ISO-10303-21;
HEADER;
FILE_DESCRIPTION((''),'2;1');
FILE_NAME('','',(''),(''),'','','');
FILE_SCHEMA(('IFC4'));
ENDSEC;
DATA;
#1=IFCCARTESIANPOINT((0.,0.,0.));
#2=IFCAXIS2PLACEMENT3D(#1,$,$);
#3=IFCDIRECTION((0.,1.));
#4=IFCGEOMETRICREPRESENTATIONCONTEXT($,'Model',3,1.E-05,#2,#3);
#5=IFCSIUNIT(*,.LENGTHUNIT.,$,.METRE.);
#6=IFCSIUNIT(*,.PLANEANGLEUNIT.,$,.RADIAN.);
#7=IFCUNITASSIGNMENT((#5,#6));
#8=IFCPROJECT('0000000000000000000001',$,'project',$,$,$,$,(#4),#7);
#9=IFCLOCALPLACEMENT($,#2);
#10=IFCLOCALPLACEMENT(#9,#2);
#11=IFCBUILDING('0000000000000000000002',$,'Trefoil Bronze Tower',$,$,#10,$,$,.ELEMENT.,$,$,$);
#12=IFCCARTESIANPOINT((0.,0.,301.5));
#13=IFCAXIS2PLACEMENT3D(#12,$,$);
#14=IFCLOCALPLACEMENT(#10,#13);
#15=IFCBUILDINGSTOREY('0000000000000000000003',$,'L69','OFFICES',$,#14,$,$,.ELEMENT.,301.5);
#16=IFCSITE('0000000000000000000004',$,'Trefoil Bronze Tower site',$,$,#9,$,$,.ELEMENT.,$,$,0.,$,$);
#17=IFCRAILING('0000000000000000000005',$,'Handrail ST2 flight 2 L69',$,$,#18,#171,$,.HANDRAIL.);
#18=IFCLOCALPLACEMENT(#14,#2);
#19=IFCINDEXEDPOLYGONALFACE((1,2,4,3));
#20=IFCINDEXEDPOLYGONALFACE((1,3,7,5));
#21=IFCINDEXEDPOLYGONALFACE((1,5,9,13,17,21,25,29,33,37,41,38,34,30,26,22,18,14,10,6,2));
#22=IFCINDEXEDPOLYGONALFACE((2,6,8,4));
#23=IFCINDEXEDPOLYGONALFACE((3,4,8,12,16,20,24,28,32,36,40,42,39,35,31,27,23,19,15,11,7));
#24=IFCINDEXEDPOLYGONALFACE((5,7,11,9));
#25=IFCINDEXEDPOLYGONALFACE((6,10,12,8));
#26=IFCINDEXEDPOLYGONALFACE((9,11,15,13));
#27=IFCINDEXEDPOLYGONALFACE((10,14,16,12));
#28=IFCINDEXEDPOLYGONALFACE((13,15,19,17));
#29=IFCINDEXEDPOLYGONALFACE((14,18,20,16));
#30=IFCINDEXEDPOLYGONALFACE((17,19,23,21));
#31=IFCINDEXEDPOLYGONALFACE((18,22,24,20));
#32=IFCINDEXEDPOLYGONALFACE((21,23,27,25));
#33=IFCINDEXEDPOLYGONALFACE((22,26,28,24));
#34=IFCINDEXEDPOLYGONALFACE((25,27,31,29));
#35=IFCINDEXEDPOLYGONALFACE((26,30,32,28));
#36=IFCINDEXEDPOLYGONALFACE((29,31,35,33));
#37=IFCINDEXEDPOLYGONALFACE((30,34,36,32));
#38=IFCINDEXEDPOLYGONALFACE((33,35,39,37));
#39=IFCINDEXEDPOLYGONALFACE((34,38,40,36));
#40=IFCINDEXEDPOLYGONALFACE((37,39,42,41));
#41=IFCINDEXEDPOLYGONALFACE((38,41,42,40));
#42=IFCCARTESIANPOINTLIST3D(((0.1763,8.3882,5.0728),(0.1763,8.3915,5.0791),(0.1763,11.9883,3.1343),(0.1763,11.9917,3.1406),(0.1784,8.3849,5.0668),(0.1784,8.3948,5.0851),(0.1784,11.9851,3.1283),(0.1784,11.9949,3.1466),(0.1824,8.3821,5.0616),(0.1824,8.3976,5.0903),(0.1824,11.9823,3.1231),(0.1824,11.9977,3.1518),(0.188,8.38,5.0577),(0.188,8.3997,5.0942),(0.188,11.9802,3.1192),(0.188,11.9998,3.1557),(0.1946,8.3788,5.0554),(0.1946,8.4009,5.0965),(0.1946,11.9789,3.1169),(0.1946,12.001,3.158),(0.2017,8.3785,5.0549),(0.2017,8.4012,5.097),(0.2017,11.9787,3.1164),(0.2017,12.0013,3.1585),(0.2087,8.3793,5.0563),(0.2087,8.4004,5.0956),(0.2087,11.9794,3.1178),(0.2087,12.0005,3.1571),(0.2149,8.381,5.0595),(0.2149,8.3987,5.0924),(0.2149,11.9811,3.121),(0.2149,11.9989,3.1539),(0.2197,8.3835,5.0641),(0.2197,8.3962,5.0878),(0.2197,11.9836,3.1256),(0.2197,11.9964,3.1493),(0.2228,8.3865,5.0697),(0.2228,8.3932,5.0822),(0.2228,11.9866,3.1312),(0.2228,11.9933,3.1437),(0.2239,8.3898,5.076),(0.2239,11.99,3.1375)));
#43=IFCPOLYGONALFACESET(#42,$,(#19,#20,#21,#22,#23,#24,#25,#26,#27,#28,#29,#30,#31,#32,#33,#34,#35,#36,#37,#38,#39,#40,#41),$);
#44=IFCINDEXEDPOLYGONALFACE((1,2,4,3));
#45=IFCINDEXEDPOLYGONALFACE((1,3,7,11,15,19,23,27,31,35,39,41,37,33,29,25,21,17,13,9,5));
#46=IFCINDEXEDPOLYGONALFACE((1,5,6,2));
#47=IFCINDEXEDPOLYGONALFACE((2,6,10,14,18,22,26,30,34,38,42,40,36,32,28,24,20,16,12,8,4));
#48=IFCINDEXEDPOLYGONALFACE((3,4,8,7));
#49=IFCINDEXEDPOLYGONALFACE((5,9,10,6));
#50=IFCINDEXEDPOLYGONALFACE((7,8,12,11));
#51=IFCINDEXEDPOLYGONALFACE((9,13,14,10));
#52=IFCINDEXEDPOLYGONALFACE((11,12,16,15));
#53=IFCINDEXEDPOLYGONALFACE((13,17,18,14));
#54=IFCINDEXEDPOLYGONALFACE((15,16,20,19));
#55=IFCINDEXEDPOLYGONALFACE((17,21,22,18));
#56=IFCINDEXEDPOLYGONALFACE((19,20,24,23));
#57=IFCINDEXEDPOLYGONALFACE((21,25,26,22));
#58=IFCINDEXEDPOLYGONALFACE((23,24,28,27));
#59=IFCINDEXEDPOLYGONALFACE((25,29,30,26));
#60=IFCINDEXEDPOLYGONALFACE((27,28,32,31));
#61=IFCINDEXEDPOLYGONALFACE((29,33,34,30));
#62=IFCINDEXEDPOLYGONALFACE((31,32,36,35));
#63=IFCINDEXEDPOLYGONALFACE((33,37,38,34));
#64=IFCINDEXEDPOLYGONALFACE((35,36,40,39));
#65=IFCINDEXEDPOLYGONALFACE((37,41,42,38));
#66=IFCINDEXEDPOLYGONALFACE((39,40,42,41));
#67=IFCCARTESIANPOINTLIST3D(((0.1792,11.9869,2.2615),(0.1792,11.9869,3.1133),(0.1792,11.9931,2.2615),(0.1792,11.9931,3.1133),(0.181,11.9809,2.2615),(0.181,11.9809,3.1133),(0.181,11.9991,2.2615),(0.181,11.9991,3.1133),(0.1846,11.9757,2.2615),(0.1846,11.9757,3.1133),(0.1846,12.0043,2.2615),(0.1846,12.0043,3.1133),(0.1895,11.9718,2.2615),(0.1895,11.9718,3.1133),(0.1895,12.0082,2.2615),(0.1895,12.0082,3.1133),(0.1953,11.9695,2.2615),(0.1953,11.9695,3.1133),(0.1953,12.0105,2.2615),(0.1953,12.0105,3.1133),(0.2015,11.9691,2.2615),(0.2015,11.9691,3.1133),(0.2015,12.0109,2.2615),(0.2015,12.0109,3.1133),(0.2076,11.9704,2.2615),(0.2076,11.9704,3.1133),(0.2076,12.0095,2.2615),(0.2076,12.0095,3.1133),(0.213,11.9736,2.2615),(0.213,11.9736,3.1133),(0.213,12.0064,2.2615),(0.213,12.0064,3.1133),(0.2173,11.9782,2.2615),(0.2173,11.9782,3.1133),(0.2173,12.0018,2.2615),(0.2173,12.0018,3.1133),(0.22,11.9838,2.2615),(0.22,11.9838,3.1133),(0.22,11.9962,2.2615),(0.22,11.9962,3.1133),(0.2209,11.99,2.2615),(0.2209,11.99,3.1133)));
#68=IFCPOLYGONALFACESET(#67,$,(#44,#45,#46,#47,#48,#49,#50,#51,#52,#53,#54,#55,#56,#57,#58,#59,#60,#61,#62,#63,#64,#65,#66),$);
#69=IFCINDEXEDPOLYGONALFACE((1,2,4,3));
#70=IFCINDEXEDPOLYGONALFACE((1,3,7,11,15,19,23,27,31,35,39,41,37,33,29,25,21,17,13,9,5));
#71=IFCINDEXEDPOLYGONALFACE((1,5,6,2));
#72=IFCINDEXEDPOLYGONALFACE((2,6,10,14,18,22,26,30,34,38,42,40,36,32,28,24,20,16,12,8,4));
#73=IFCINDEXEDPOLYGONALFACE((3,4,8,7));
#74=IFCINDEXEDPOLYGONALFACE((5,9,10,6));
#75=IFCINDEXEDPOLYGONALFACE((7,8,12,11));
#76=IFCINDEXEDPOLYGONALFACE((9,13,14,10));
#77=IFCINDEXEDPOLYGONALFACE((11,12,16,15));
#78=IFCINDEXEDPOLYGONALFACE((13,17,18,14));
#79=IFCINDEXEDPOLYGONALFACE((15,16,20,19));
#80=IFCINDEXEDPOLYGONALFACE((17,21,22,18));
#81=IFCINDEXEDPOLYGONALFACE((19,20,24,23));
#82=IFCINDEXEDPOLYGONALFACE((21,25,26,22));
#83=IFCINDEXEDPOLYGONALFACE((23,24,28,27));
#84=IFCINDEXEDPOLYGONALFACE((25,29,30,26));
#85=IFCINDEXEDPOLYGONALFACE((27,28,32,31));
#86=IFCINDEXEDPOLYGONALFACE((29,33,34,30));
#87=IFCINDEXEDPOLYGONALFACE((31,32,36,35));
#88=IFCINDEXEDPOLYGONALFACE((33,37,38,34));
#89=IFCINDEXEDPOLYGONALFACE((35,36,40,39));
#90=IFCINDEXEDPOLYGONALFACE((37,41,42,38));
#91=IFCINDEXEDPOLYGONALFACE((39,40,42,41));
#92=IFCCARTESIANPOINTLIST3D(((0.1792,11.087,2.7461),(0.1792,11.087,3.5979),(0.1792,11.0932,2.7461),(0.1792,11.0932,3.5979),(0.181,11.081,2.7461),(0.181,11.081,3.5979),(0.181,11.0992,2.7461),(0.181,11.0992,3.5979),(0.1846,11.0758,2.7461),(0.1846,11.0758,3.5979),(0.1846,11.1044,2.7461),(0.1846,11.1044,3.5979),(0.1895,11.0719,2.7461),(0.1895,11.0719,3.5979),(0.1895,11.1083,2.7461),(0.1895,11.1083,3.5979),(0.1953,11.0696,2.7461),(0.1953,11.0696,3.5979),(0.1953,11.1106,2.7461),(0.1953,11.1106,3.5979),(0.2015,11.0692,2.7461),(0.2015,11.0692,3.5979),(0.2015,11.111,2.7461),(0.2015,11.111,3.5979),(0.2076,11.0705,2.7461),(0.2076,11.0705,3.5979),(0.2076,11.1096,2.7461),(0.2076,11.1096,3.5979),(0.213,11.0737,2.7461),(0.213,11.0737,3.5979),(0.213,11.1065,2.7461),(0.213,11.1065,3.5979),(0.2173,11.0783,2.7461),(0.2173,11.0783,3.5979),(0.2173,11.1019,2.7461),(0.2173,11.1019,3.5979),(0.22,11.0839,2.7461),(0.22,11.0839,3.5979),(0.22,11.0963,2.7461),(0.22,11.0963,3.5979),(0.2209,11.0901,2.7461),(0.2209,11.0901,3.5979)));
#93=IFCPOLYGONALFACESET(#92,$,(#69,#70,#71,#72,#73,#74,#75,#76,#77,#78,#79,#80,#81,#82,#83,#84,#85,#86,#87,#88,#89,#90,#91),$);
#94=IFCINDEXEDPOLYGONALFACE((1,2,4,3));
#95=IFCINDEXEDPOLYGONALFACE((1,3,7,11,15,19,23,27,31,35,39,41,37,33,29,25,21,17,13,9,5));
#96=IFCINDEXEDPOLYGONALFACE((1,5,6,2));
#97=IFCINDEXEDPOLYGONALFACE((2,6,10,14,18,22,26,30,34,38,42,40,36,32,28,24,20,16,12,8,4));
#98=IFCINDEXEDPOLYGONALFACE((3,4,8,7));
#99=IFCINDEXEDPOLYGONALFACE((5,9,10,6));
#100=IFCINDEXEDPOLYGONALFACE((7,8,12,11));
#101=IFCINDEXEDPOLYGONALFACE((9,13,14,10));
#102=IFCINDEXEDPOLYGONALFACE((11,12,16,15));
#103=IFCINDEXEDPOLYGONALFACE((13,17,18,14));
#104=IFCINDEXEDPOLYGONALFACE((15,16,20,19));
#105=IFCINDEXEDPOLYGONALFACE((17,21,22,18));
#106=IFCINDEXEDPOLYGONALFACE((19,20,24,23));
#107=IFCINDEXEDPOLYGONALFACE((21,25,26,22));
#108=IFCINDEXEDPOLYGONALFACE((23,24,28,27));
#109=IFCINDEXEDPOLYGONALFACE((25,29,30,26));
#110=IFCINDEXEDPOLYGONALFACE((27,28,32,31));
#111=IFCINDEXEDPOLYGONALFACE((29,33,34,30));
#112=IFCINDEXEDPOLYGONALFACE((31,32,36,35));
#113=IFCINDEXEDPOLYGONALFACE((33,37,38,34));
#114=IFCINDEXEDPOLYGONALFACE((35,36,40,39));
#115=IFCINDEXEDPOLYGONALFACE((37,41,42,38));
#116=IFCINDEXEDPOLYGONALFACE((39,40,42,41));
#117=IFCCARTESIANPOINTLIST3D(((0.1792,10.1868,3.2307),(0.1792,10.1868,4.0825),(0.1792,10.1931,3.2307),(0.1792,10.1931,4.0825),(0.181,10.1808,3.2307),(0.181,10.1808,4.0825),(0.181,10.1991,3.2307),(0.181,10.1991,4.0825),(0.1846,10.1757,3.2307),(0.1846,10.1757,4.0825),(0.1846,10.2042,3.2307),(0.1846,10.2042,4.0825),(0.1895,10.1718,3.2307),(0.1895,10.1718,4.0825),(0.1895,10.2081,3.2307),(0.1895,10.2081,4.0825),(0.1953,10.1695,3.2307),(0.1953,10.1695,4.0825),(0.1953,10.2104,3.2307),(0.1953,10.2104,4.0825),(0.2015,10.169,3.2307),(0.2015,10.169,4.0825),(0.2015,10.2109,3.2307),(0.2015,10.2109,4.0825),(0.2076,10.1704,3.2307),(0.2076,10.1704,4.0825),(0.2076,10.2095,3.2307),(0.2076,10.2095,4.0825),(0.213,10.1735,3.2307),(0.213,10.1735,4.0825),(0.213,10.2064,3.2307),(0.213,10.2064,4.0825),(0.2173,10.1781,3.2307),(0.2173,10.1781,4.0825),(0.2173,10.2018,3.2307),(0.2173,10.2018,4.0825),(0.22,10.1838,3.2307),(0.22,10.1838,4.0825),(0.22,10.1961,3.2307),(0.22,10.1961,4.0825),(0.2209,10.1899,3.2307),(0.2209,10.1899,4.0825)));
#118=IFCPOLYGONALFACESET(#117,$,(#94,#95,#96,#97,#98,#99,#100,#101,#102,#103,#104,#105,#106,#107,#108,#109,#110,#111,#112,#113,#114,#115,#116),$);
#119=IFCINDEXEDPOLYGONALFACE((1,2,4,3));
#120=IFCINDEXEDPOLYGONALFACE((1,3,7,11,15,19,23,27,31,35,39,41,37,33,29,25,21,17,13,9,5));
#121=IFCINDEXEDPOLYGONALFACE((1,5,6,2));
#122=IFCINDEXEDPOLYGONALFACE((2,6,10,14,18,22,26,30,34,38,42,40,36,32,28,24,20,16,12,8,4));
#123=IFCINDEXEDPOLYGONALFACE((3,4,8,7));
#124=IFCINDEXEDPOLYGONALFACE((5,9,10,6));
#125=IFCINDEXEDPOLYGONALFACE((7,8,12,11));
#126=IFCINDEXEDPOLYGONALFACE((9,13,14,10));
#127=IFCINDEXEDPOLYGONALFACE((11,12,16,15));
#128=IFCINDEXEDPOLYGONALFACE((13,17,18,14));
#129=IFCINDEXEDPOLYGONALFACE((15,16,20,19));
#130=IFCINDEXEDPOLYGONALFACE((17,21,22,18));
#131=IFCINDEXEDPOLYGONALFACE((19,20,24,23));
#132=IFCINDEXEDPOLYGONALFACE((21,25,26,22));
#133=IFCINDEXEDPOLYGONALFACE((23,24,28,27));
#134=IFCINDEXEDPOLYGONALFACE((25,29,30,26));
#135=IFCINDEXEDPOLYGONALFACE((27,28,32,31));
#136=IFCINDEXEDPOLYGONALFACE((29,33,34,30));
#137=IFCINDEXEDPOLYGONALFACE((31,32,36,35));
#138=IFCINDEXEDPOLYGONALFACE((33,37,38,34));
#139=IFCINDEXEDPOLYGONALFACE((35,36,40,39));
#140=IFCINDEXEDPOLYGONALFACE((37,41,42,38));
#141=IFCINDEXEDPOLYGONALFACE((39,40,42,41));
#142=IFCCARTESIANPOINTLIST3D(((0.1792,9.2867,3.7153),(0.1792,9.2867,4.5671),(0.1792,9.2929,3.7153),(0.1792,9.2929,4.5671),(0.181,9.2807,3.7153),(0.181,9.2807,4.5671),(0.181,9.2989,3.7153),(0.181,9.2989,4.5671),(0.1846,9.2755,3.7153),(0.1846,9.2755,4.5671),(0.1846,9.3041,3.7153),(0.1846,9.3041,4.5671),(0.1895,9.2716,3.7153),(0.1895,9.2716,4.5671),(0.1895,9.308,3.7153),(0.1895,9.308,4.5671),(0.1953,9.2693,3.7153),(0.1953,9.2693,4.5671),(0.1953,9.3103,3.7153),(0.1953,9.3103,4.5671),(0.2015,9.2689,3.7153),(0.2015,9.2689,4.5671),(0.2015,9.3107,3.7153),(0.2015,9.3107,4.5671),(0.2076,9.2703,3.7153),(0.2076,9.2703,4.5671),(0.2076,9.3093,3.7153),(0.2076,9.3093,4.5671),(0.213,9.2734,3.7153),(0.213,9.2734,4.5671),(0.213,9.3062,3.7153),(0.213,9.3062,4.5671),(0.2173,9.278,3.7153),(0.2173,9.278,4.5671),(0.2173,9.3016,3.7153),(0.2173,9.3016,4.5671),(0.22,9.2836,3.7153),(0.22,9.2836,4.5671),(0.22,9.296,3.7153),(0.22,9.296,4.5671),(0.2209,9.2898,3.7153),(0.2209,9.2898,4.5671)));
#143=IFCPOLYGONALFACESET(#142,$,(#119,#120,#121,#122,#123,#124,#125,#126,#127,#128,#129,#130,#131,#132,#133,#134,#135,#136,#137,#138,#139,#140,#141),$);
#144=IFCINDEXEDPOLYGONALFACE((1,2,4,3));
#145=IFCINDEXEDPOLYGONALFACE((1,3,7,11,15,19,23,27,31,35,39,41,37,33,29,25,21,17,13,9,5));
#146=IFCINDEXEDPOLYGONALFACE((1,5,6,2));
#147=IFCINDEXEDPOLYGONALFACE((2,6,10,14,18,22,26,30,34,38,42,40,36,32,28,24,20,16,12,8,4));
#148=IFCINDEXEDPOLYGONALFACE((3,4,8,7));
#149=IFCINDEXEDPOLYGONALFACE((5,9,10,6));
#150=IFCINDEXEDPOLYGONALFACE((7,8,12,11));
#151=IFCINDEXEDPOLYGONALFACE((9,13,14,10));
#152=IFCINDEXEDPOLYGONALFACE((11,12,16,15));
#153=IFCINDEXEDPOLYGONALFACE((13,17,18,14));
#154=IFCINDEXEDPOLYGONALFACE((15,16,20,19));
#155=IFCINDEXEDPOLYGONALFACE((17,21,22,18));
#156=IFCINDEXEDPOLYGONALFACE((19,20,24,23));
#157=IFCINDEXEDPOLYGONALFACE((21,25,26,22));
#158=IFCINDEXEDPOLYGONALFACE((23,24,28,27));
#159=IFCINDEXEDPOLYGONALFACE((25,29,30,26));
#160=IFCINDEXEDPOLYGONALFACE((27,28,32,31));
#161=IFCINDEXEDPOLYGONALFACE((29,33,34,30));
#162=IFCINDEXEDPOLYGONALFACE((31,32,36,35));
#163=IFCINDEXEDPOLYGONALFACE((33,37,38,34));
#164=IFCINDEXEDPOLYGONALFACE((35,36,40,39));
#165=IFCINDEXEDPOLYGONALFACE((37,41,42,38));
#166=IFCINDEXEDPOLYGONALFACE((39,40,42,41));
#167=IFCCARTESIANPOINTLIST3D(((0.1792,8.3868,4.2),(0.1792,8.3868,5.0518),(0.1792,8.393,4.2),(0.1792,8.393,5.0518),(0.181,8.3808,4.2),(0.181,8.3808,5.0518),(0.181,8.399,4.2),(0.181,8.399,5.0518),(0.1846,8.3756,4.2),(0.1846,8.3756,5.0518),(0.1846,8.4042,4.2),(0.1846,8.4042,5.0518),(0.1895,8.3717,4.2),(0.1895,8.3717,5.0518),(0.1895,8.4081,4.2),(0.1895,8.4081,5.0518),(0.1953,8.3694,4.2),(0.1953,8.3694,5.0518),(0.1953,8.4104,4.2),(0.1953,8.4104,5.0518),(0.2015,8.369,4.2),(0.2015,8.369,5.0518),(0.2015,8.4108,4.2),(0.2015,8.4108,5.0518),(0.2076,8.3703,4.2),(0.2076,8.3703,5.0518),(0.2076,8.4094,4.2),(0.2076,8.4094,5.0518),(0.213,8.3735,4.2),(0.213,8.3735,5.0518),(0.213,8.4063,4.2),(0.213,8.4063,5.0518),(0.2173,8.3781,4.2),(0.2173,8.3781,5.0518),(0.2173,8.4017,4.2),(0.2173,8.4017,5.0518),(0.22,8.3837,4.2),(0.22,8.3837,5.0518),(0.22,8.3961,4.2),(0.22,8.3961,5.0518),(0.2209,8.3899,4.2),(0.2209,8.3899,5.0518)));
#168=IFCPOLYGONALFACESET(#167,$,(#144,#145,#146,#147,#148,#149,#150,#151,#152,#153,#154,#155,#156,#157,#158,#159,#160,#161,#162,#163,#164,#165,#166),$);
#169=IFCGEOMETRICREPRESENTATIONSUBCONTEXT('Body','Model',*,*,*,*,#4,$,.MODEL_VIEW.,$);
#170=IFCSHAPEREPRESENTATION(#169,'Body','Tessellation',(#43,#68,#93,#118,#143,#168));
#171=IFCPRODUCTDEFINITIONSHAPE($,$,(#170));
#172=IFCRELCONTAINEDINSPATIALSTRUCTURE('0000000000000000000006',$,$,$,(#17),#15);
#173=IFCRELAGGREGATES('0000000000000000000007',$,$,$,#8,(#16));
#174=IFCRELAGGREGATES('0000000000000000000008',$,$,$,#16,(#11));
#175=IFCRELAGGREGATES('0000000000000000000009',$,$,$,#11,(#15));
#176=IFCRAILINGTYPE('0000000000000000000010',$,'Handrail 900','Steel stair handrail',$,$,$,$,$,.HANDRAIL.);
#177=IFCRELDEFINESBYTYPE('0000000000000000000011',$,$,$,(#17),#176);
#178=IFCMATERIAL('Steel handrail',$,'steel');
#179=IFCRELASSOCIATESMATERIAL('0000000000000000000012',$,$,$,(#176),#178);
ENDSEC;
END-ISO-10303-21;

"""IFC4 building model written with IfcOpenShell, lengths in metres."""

from ifc_helpers import new_model, si_unit, direction, frame, origin, origin_2d, place, context, subcontext, project, spatial, circle, extrude, material, type_object, element, save


model = new_model("IFC4")

# Units and contexts
model_context = context("Model", 3, precision=1e-05, world=origin(), true_north=direction((0.0, 1.0)))
body_context = subcontext(model_context, "Body", "Model", "MODEL_VIEW")
ifc_project = project(units=[si_unit("LENGTHUNIT", "METRE"), si_unit("PLANEANGLEUNIT", "RADIAN")], contexts=[model_context])

# Site, building, storey
site_placement = place(None, origin())
site = spatial("IfcSite", under=ifc_project, at=site_placement, Name="Trefoil Bronze Tower site", CompositionType="ELEMENT", RefElevation=0.0)
building_placement = place(site_placement, origin())
building = spatial("IfcBuilding", under=site, at=building_placement, Name="Trefoil Bronze Tower", CompositionType="ELEMENT")
storey_placement = place(building_placement, frame((0.0, 0.0, 301.5)))
storey = spatial("IfcBuildingStorey", under=building, at=storey_placement, Name="L69", Description="OFFICES", CompositionType="ELEMENT", Elevation=301.5)

# Railing
ifc_material_1 = material(Name="Steel handrail", Category="steel")
railing_type = type_object("IfcRailingType", Name="Handrail 900", Description="Steel stair handrail", PredefinedType="HANDRAIL", material=ifc_material_1)
railing_placement = place(storey_placement, frame((0.2, 11.99, 2.2615)))
element("IfcRailing", 1, at=railing_placement, inside=storey, type_object=railing_type, Name="Handrail ST2 flight 2 L69", PredefinedType="HANDRAIL", context=body_context, shape_type="SweptSolid", body=[
    extrude(circle(Radius=0.0239, at=origin_2d()), frame((0.0, 0.0, 0.876), z_axis=(0.0, -0.880475, 0.474093), x_axis=(1.0, 0.0, 0.0)), (0.0, 0.0, 1.0), 4.0889),
    extrude(circle(Radius=0.021, at=origin_2d()), origin(), (0.0, 0.0, 1.0), 0.8518),
    extrude(circle(Radius=0.021, at=origin_2d()), frame((0.0, -0.8999, 0.4846)), (0.0, 0.0, 1.0), 0.8518),
    extrude(circle(Radius=0.021, at=origin_2d()), frame((0.0, -1.8, 0.9692)), (0.0, 0.0, 1.0), 0.8518),
    extrude(circle(Radius=0.021, at=origin_2d()), frame((0.0, -2.7002, 1.4539)), (0.0, 0.0, 1.0), 0.8518),
    extrude(circle(Radius=0.021, at=origin_2d()), frame((0.0, -3.6001, 1.9385)), (0.0, 0.0, 1.0), 0.8518),
])

save(model, "model.ifc")
